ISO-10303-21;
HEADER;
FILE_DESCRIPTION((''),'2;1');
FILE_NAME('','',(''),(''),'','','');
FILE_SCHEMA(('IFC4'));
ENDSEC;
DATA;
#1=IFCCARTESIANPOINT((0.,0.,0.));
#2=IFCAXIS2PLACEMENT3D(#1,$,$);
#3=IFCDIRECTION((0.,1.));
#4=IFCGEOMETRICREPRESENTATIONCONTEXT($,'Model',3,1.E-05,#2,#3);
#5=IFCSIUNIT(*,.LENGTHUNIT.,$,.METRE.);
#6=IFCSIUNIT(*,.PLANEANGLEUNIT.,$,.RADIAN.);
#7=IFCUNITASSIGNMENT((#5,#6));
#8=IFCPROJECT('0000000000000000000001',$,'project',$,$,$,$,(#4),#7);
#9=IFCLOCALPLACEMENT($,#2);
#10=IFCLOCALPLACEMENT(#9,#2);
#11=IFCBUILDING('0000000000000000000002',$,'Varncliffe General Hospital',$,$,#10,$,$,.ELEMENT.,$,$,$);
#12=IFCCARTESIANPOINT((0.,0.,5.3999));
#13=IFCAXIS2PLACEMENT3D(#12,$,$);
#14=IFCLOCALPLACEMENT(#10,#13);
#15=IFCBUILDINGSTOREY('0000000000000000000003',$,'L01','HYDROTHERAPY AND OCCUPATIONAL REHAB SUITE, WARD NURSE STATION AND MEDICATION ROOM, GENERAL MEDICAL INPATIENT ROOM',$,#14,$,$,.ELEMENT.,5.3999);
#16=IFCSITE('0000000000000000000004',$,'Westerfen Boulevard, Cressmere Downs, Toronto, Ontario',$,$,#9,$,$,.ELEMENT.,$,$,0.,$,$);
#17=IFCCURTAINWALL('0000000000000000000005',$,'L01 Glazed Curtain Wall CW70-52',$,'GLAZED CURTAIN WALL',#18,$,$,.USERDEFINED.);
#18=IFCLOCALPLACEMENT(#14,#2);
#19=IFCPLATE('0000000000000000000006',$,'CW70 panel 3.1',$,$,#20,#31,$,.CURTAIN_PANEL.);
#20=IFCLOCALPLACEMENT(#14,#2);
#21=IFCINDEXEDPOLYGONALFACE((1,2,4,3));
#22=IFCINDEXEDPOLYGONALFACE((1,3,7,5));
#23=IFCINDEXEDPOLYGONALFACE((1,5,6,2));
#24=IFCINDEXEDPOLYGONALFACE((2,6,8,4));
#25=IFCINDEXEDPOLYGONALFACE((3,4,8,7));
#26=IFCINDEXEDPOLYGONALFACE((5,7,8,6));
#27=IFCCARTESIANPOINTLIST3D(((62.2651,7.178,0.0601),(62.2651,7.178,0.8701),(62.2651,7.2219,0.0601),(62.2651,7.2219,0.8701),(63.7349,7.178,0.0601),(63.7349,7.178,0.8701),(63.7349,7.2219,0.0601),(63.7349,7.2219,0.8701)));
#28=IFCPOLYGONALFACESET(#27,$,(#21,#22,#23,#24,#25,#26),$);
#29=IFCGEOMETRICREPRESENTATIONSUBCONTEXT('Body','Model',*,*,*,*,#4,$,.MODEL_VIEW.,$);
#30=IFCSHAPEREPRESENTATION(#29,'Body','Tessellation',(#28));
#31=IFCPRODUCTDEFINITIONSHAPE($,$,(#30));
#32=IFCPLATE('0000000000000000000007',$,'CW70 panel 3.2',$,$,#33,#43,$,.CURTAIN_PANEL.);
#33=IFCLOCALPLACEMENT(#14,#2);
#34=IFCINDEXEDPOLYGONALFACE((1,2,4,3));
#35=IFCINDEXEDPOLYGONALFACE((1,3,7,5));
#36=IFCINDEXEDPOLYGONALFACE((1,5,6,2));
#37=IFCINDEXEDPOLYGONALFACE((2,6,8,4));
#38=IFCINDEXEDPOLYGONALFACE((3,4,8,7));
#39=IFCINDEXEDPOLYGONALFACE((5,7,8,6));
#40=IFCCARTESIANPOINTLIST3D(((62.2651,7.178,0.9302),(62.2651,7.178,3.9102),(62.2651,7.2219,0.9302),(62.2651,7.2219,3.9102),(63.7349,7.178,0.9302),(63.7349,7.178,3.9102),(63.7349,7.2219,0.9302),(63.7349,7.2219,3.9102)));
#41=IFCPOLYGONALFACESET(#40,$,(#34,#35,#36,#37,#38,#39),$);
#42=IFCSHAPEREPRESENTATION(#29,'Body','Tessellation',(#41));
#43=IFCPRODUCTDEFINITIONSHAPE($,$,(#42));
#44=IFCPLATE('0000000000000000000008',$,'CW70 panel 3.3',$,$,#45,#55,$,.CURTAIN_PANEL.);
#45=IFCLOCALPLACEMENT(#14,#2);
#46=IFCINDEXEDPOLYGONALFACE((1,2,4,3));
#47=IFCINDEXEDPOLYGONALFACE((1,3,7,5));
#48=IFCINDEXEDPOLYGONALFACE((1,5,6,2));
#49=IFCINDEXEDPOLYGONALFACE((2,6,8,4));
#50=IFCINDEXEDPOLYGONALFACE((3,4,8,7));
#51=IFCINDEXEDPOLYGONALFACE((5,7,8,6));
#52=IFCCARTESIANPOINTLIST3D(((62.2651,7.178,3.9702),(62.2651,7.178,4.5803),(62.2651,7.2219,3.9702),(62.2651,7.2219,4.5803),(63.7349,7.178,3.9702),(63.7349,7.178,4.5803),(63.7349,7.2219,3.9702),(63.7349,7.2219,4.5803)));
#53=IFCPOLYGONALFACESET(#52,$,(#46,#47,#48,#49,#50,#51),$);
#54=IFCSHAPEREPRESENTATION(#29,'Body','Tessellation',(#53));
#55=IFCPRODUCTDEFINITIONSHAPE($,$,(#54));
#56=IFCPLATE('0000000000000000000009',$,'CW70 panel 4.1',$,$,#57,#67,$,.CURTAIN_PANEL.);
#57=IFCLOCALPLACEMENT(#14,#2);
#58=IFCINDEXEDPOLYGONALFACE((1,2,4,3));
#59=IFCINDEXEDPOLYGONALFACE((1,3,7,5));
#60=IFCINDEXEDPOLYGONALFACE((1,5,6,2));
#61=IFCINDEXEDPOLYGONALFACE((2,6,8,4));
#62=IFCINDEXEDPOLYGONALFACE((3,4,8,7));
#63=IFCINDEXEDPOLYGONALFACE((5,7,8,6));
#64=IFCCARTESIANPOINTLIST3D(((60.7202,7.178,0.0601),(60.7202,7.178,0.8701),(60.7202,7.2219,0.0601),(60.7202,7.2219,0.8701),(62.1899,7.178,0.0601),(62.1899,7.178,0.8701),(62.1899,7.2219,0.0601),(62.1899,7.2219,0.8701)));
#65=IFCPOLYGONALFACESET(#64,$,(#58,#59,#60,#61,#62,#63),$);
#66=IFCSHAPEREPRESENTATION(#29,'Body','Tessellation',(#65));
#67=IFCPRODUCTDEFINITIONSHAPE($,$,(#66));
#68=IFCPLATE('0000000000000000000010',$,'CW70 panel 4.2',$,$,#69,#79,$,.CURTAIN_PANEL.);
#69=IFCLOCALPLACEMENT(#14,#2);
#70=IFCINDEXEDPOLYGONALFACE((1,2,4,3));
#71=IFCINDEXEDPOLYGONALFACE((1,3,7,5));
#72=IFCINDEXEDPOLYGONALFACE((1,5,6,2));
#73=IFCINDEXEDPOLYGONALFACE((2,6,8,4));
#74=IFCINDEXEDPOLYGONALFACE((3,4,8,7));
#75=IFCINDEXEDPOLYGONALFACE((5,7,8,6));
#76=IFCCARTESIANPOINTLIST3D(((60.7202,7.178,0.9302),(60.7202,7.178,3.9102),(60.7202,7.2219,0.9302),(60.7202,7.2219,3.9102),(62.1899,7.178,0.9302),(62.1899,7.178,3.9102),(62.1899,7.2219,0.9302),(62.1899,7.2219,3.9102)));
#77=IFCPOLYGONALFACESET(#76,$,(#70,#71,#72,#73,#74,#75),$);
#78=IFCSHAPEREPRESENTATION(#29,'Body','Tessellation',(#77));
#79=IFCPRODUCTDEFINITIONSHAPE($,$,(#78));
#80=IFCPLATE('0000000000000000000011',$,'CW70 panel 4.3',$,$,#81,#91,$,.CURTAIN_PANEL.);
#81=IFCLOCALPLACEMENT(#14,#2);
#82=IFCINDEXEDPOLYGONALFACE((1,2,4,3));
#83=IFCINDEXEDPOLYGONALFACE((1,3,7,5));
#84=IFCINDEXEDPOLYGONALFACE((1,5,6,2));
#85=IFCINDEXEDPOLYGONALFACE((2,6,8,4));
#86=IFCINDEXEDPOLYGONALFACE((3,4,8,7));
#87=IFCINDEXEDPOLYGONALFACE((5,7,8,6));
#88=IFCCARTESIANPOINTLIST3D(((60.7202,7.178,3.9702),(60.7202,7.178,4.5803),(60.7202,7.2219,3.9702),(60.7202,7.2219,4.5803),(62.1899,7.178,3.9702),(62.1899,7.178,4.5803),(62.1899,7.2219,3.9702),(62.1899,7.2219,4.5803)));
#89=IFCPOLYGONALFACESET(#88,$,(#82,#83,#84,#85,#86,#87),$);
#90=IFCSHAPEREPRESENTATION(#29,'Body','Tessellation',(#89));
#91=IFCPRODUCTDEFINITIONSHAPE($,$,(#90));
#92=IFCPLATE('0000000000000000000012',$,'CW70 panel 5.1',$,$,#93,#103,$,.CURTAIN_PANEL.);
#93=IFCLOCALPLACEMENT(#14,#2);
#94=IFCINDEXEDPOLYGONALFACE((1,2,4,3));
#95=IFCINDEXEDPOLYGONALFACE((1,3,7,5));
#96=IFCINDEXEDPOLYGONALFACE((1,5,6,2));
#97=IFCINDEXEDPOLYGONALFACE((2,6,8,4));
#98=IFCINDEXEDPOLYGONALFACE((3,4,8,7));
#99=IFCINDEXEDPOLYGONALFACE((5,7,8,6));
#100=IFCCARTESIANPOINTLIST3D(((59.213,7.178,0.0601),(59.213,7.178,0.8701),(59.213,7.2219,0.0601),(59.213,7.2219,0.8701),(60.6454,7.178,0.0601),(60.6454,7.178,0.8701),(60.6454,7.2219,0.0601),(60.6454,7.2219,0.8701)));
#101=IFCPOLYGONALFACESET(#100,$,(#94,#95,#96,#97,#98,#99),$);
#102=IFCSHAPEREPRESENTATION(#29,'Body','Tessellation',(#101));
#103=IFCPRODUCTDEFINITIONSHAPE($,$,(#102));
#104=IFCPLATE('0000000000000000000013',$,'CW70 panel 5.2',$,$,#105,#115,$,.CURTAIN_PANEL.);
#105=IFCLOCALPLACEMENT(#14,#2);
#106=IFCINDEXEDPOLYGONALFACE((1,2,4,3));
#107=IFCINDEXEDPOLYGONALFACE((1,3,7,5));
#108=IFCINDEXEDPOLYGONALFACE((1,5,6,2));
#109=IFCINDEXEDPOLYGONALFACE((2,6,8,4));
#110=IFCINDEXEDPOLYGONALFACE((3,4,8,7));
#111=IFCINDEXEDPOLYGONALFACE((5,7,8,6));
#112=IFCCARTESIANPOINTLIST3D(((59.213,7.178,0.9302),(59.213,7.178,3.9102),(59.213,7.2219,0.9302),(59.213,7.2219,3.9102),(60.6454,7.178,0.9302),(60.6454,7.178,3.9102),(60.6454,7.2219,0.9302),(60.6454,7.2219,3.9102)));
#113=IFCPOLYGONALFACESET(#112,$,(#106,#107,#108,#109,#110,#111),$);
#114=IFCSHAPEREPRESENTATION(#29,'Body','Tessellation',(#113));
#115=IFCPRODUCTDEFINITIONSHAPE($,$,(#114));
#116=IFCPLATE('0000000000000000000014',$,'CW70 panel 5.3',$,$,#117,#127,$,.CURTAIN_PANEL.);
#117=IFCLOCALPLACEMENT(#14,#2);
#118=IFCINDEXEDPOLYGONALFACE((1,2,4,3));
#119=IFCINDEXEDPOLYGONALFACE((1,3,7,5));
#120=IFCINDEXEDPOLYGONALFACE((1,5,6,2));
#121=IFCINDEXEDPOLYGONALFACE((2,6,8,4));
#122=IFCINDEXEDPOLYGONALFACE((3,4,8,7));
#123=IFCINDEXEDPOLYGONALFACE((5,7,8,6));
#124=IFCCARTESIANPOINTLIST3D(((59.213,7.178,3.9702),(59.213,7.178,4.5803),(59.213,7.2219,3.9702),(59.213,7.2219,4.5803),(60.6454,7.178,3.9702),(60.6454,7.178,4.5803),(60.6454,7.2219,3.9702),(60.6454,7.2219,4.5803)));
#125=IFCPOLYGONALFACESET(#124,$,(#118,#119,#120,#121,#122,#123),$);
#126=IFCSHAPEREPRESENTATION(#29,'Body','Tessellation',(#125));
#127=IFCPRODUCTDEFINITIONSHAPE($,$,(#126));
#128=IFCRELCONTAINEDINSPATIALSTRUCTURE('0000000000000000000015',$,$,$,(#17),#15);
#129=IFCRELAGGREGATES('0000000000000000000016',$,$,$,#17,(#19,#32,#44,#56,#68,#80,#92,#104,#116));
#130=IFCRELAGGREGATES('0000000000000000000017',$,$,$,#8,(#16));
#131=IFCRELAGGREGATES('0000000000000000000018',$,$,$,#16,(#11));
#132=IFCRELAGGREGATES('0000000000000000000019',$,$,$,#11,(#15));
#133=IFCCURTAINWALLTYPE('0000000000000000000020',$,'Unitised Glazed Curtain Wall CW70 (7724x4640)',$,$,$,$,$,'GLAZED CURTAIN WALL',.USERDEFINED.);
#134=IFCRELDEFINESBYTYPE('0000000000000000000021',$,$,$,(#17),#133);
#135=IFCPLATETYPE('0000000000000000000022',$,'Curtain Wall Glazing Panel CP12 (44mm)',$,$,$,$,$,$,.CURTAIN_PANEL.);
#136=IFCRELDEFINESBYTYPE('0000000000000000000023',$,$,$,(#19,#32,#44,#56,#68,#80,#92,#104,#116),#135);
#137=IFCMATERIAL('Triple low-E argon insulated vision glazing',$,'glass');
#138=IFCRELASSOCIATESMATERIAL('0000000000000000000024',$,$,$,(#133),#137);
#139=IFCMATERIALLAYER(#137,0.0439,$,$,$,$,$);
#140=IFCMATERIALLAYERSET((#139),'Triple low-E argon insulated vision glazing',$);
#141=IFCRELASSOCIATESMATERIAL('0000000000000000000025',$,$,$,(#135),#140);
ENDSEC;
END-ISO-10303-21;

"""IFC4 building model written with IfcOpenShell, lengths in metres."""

from ifc_helpers import new_model, si_unit, direction, frame, origin, origin_2d, place, context, subcontext, project, spatial, rectangle, extrude, material, layer, layer_set, type_object, element, aggregate, save


model = new_model("IFC4")

# Units and contexts
model_context = context("Model", 3, precision=1e-05, world=origin(), true_north=direction((0.0, 1.0)))
body_context = subcontext(model_context, "Body", "Model", "MODEL_VIEW")
ifc_project = project(units=[si_unit("LENGTHUNIT", "METRE"), si_unit("PLANEANGLEUNIT", "RADIAN")], contexts=[model_context])

# Site, building, storey
site_placement = place(None, origin())
site = spatial("IfcSite", under=ifc_project, at=site_placement, Name="Westerfen Boulevard, Cressmere Downs, Toronto, Ontario", CompositionType="ELEMENT", RefElevation=0.0)
building_placement = place(site_placement, origin())
building = spatial("IfcBuilding", under=site, at=building_placement, Name="Varncliffe General Hospital", CompositionType="ELEMENT")
storey_placement = place(building_placement, frame((0.0, 0.0, 5.3999)))
storey = spatial("IfcBuildingStorey", under=building, at=storey_placement, Name="L01", Description="HYDROTHERAPY AND OCCUPATIONAL REHAB SUITE, WARD NURSE STATION AND MEDICATION ROOM, GENERAL MEDICAL INPATIENT ROOM", CompositionType="ELEMENT", Elevation=5.3999)

# Curtain wall
ifc_material_1 = material(Name="Triple low-E argon insulated vision glazing", Category="glass")
curtain_wall_type = type_object("IfcCurtainWallType", Name="Unitised Glazed Curtain Wall CW70 (7724x4640)", ElementType="GLAZED CURTAIN WALL", PredefinedType="USERDEFINED", material=ifc_material_1)
curtain_wall_placement = place(storey_placement, origin())
curtain_wall = element("IfcCurtainWall", 1, at=curtain_wall_placement, inside=storey, type_object=curtain_wall_type, Name="L01 Glazed Curtain Wall CW70-52", ObjectType="GLAZED CURTAIN WALL", PredefinedType="USERDEFINED")

# Plates
ifc_layer = layer(ifc_material_1, 0.0439)
ifc_layer_set = layer_set([ifc_layer], Name="Triple low-E argon insulated vision glazing")
plate_type = type_object("IfcPlateType", Name="Curtain Wall Glazing Panel CP12 (44mm)", PredefinedType="CURTAIN_PANEL", material=ifc_layer_set)
plate_1_placement = place(storey_placement, frame((63.0, 7.2, 0.0601), z_axis=(0.0, 0.0, 1.0), x_axis=(-1.0, 0.0, 0.0)))
plate_1 = element("IfcPlate", 2, at=plate_1_placement, type_object=plate_type, Name="CW70 panel 3.1", PredefinedType="CURTAIN_PANEL", context=body_context, shape_type="SweptSolid", body=[
    extrude(rectangle(XDim=1.4697, YDim=0.0439, at=origin_2d()), origin(), (0.0, 0.0, 1.0), 0.8101),
])
plate_2_placement = place(storey_placement, frame((63.0, 7.2, 0.9302), z_axis=(0.0, 0.0, 1.0), x_axis=(-1.0, 0.0, 0.0)))
plate_2 = element("IfcPlate", 3, at=plate_2_placement, type_object=plate_type, Name="CW70 panel 3.2", PredefinedType="CURTAIN_PANEL", context=body_context, shape_type="SweptSolid", body=[
    extrude(rectangle(XDim=1.4697, YDim=0.0439, at=origin_2d()), origin(), (0.0, 0.0, 1.0), 2.98),
])
plate_3_placement = place(storey_placement, frame((63.0, 7.2, 3.9702), z_axis=(0.0, 0.0, 1.0), x_axis=(-1.0, 0.0, 0.0)))
plate_3 = element("IfcPlate", 4, at=plate_3_placement, type_object=plate_type, Name="CW70 panel 3.3", PredefinedType="CURTAIN_PANEL", context=body_context, shape_type="SweptSolid", body=[
    extrude(rectangle(XDim=1.4697, YDim=0.0439, at=origin_2d()), origin(), (0.0, 0.0, 1.0), 0.6101),
])
plate_4_placement = place(storey_placement, frame((61.4551, 7.2, 0.0601), z_axis=(0.0, 0.0, 1.0), x_axis=(-1.0, 0.0, 0.0)))
plate_4 = element("IfcPlate", 5, at=plate_4_placement, type_object=plate_type, Name="CW70 panel 4.1", PredefinedType="CURTAIN_PANEL", context=body_context, shape_type="SweptSolid", body=[
    extrude(rectangle(XDim=1.4697, YDim=0.0439, at=origin_2d()), origin(), (0.0, 0.0, 1.0), 0.8101),
])
plate_5_placement = place(storey_placement, frame((61.4551, 7.2, 0.9302), z_axis=(0.0, 0.0, 1.0), x_axis=(-1.0, 0.0, 0.0)))
plate_5 = element("IfcPlate", 6, at=plate_5_placement, type_object=plate_type, Name="CW70 panel 4.2", PredefinedType="CURTAIN_PANEL", context=body_context, shape_type="SweptSolid", body=[
    extrude(rectangle(XDim=1.4697, YDim=0.0439, at=origin_2d()), origin(), (0.0, 0.0, 1.0), 2.98),
])
plate_6_placement = place(storey_placement, frame((61.4551, 7.2, 3.9702), z_axis=(0.0, 0.0, 1.0), x_axis=(-1.0, 0.0, 0.0)))
plate_6 = element("IfcPlate", 7, at=plate_6_placement, type_object=plate_type, Name="CW70 panel 4.3", PredefinedType="CURTAIN_PANEL", context=body_context, shape_type="SweptSolid", body=[
    extrude(rectangle(XDim=1.4697, YDim=0.0439, at=origin_2d()), origin(), (0.0, 0.0, 1.0), 0.6101),
])
plate_7_placement = place(storey_placement, frame((59.9292, 7.2, 0.0601), z_axis=(0.0, 0.0, 1.0), x_axis=(-1.0, 0.0, 0.0)))
plate_7 = element("IfcPlate", 8, at=plate_7_placement, type_object=plate_type, Name="CW70 panel 5.1", PredefinedType="CURTAIN_PANEL", context=body_context, shape_type="SweptSolid", body=[
    extrude(rectangle(XDim=1.4324, YDim=0.0439, at=origin_2d()), origin(), (0.0, 0.0, 1.0), 0.8101),
])
plate_8_placement = place(storey_placement, frame((59.9292, 7.2, 0.9302), z_axis=(0.0, 0.0, 1.0), x_axis=(-1.0, 0.0, 0.0)))
plate_8 = element("IfcPlate", 9, at=plate_8_placement, type_object=plate_type, Name="CW70 panel 5.2", PredefinedType="CURTAIN_PANEL", context=body_context, shape_type="SweptSolid", body=[
    extrude(rectangle(XDim=1.4324, YDim=0.0439, at=origin_2d()), origin(), (0.0, 0.0, 1.0), 2.98),
])
plate_9_placement = place(storey_placement, frame((59.9292, 7.2, 3.9702), z_axis=(0.0, 0.0, 1.0), x_axis=(-1.0, 0.0, 0.0)))
plate_9 = element("IfcPlate", 10, at=plate_9_placement, type_object=plate_type, Name="CW70 panel 5.3", PredefinedType="CURTAIN_PANEL", context=body_context, shape_type="SweptSolid", body=[
    extrude(rectangle(XDim=1.4324, YDim=0.0439, at=origin_2d()), origin(), (0.0, 0.0, 1.0), 0.6101),
])
aggregate(curtain_wall, [plate_1, plate_2, plate_3, plate_4, plate_5, plate_6, plate_7, plate_8, plate_9])

save(model, "model.ifc")
